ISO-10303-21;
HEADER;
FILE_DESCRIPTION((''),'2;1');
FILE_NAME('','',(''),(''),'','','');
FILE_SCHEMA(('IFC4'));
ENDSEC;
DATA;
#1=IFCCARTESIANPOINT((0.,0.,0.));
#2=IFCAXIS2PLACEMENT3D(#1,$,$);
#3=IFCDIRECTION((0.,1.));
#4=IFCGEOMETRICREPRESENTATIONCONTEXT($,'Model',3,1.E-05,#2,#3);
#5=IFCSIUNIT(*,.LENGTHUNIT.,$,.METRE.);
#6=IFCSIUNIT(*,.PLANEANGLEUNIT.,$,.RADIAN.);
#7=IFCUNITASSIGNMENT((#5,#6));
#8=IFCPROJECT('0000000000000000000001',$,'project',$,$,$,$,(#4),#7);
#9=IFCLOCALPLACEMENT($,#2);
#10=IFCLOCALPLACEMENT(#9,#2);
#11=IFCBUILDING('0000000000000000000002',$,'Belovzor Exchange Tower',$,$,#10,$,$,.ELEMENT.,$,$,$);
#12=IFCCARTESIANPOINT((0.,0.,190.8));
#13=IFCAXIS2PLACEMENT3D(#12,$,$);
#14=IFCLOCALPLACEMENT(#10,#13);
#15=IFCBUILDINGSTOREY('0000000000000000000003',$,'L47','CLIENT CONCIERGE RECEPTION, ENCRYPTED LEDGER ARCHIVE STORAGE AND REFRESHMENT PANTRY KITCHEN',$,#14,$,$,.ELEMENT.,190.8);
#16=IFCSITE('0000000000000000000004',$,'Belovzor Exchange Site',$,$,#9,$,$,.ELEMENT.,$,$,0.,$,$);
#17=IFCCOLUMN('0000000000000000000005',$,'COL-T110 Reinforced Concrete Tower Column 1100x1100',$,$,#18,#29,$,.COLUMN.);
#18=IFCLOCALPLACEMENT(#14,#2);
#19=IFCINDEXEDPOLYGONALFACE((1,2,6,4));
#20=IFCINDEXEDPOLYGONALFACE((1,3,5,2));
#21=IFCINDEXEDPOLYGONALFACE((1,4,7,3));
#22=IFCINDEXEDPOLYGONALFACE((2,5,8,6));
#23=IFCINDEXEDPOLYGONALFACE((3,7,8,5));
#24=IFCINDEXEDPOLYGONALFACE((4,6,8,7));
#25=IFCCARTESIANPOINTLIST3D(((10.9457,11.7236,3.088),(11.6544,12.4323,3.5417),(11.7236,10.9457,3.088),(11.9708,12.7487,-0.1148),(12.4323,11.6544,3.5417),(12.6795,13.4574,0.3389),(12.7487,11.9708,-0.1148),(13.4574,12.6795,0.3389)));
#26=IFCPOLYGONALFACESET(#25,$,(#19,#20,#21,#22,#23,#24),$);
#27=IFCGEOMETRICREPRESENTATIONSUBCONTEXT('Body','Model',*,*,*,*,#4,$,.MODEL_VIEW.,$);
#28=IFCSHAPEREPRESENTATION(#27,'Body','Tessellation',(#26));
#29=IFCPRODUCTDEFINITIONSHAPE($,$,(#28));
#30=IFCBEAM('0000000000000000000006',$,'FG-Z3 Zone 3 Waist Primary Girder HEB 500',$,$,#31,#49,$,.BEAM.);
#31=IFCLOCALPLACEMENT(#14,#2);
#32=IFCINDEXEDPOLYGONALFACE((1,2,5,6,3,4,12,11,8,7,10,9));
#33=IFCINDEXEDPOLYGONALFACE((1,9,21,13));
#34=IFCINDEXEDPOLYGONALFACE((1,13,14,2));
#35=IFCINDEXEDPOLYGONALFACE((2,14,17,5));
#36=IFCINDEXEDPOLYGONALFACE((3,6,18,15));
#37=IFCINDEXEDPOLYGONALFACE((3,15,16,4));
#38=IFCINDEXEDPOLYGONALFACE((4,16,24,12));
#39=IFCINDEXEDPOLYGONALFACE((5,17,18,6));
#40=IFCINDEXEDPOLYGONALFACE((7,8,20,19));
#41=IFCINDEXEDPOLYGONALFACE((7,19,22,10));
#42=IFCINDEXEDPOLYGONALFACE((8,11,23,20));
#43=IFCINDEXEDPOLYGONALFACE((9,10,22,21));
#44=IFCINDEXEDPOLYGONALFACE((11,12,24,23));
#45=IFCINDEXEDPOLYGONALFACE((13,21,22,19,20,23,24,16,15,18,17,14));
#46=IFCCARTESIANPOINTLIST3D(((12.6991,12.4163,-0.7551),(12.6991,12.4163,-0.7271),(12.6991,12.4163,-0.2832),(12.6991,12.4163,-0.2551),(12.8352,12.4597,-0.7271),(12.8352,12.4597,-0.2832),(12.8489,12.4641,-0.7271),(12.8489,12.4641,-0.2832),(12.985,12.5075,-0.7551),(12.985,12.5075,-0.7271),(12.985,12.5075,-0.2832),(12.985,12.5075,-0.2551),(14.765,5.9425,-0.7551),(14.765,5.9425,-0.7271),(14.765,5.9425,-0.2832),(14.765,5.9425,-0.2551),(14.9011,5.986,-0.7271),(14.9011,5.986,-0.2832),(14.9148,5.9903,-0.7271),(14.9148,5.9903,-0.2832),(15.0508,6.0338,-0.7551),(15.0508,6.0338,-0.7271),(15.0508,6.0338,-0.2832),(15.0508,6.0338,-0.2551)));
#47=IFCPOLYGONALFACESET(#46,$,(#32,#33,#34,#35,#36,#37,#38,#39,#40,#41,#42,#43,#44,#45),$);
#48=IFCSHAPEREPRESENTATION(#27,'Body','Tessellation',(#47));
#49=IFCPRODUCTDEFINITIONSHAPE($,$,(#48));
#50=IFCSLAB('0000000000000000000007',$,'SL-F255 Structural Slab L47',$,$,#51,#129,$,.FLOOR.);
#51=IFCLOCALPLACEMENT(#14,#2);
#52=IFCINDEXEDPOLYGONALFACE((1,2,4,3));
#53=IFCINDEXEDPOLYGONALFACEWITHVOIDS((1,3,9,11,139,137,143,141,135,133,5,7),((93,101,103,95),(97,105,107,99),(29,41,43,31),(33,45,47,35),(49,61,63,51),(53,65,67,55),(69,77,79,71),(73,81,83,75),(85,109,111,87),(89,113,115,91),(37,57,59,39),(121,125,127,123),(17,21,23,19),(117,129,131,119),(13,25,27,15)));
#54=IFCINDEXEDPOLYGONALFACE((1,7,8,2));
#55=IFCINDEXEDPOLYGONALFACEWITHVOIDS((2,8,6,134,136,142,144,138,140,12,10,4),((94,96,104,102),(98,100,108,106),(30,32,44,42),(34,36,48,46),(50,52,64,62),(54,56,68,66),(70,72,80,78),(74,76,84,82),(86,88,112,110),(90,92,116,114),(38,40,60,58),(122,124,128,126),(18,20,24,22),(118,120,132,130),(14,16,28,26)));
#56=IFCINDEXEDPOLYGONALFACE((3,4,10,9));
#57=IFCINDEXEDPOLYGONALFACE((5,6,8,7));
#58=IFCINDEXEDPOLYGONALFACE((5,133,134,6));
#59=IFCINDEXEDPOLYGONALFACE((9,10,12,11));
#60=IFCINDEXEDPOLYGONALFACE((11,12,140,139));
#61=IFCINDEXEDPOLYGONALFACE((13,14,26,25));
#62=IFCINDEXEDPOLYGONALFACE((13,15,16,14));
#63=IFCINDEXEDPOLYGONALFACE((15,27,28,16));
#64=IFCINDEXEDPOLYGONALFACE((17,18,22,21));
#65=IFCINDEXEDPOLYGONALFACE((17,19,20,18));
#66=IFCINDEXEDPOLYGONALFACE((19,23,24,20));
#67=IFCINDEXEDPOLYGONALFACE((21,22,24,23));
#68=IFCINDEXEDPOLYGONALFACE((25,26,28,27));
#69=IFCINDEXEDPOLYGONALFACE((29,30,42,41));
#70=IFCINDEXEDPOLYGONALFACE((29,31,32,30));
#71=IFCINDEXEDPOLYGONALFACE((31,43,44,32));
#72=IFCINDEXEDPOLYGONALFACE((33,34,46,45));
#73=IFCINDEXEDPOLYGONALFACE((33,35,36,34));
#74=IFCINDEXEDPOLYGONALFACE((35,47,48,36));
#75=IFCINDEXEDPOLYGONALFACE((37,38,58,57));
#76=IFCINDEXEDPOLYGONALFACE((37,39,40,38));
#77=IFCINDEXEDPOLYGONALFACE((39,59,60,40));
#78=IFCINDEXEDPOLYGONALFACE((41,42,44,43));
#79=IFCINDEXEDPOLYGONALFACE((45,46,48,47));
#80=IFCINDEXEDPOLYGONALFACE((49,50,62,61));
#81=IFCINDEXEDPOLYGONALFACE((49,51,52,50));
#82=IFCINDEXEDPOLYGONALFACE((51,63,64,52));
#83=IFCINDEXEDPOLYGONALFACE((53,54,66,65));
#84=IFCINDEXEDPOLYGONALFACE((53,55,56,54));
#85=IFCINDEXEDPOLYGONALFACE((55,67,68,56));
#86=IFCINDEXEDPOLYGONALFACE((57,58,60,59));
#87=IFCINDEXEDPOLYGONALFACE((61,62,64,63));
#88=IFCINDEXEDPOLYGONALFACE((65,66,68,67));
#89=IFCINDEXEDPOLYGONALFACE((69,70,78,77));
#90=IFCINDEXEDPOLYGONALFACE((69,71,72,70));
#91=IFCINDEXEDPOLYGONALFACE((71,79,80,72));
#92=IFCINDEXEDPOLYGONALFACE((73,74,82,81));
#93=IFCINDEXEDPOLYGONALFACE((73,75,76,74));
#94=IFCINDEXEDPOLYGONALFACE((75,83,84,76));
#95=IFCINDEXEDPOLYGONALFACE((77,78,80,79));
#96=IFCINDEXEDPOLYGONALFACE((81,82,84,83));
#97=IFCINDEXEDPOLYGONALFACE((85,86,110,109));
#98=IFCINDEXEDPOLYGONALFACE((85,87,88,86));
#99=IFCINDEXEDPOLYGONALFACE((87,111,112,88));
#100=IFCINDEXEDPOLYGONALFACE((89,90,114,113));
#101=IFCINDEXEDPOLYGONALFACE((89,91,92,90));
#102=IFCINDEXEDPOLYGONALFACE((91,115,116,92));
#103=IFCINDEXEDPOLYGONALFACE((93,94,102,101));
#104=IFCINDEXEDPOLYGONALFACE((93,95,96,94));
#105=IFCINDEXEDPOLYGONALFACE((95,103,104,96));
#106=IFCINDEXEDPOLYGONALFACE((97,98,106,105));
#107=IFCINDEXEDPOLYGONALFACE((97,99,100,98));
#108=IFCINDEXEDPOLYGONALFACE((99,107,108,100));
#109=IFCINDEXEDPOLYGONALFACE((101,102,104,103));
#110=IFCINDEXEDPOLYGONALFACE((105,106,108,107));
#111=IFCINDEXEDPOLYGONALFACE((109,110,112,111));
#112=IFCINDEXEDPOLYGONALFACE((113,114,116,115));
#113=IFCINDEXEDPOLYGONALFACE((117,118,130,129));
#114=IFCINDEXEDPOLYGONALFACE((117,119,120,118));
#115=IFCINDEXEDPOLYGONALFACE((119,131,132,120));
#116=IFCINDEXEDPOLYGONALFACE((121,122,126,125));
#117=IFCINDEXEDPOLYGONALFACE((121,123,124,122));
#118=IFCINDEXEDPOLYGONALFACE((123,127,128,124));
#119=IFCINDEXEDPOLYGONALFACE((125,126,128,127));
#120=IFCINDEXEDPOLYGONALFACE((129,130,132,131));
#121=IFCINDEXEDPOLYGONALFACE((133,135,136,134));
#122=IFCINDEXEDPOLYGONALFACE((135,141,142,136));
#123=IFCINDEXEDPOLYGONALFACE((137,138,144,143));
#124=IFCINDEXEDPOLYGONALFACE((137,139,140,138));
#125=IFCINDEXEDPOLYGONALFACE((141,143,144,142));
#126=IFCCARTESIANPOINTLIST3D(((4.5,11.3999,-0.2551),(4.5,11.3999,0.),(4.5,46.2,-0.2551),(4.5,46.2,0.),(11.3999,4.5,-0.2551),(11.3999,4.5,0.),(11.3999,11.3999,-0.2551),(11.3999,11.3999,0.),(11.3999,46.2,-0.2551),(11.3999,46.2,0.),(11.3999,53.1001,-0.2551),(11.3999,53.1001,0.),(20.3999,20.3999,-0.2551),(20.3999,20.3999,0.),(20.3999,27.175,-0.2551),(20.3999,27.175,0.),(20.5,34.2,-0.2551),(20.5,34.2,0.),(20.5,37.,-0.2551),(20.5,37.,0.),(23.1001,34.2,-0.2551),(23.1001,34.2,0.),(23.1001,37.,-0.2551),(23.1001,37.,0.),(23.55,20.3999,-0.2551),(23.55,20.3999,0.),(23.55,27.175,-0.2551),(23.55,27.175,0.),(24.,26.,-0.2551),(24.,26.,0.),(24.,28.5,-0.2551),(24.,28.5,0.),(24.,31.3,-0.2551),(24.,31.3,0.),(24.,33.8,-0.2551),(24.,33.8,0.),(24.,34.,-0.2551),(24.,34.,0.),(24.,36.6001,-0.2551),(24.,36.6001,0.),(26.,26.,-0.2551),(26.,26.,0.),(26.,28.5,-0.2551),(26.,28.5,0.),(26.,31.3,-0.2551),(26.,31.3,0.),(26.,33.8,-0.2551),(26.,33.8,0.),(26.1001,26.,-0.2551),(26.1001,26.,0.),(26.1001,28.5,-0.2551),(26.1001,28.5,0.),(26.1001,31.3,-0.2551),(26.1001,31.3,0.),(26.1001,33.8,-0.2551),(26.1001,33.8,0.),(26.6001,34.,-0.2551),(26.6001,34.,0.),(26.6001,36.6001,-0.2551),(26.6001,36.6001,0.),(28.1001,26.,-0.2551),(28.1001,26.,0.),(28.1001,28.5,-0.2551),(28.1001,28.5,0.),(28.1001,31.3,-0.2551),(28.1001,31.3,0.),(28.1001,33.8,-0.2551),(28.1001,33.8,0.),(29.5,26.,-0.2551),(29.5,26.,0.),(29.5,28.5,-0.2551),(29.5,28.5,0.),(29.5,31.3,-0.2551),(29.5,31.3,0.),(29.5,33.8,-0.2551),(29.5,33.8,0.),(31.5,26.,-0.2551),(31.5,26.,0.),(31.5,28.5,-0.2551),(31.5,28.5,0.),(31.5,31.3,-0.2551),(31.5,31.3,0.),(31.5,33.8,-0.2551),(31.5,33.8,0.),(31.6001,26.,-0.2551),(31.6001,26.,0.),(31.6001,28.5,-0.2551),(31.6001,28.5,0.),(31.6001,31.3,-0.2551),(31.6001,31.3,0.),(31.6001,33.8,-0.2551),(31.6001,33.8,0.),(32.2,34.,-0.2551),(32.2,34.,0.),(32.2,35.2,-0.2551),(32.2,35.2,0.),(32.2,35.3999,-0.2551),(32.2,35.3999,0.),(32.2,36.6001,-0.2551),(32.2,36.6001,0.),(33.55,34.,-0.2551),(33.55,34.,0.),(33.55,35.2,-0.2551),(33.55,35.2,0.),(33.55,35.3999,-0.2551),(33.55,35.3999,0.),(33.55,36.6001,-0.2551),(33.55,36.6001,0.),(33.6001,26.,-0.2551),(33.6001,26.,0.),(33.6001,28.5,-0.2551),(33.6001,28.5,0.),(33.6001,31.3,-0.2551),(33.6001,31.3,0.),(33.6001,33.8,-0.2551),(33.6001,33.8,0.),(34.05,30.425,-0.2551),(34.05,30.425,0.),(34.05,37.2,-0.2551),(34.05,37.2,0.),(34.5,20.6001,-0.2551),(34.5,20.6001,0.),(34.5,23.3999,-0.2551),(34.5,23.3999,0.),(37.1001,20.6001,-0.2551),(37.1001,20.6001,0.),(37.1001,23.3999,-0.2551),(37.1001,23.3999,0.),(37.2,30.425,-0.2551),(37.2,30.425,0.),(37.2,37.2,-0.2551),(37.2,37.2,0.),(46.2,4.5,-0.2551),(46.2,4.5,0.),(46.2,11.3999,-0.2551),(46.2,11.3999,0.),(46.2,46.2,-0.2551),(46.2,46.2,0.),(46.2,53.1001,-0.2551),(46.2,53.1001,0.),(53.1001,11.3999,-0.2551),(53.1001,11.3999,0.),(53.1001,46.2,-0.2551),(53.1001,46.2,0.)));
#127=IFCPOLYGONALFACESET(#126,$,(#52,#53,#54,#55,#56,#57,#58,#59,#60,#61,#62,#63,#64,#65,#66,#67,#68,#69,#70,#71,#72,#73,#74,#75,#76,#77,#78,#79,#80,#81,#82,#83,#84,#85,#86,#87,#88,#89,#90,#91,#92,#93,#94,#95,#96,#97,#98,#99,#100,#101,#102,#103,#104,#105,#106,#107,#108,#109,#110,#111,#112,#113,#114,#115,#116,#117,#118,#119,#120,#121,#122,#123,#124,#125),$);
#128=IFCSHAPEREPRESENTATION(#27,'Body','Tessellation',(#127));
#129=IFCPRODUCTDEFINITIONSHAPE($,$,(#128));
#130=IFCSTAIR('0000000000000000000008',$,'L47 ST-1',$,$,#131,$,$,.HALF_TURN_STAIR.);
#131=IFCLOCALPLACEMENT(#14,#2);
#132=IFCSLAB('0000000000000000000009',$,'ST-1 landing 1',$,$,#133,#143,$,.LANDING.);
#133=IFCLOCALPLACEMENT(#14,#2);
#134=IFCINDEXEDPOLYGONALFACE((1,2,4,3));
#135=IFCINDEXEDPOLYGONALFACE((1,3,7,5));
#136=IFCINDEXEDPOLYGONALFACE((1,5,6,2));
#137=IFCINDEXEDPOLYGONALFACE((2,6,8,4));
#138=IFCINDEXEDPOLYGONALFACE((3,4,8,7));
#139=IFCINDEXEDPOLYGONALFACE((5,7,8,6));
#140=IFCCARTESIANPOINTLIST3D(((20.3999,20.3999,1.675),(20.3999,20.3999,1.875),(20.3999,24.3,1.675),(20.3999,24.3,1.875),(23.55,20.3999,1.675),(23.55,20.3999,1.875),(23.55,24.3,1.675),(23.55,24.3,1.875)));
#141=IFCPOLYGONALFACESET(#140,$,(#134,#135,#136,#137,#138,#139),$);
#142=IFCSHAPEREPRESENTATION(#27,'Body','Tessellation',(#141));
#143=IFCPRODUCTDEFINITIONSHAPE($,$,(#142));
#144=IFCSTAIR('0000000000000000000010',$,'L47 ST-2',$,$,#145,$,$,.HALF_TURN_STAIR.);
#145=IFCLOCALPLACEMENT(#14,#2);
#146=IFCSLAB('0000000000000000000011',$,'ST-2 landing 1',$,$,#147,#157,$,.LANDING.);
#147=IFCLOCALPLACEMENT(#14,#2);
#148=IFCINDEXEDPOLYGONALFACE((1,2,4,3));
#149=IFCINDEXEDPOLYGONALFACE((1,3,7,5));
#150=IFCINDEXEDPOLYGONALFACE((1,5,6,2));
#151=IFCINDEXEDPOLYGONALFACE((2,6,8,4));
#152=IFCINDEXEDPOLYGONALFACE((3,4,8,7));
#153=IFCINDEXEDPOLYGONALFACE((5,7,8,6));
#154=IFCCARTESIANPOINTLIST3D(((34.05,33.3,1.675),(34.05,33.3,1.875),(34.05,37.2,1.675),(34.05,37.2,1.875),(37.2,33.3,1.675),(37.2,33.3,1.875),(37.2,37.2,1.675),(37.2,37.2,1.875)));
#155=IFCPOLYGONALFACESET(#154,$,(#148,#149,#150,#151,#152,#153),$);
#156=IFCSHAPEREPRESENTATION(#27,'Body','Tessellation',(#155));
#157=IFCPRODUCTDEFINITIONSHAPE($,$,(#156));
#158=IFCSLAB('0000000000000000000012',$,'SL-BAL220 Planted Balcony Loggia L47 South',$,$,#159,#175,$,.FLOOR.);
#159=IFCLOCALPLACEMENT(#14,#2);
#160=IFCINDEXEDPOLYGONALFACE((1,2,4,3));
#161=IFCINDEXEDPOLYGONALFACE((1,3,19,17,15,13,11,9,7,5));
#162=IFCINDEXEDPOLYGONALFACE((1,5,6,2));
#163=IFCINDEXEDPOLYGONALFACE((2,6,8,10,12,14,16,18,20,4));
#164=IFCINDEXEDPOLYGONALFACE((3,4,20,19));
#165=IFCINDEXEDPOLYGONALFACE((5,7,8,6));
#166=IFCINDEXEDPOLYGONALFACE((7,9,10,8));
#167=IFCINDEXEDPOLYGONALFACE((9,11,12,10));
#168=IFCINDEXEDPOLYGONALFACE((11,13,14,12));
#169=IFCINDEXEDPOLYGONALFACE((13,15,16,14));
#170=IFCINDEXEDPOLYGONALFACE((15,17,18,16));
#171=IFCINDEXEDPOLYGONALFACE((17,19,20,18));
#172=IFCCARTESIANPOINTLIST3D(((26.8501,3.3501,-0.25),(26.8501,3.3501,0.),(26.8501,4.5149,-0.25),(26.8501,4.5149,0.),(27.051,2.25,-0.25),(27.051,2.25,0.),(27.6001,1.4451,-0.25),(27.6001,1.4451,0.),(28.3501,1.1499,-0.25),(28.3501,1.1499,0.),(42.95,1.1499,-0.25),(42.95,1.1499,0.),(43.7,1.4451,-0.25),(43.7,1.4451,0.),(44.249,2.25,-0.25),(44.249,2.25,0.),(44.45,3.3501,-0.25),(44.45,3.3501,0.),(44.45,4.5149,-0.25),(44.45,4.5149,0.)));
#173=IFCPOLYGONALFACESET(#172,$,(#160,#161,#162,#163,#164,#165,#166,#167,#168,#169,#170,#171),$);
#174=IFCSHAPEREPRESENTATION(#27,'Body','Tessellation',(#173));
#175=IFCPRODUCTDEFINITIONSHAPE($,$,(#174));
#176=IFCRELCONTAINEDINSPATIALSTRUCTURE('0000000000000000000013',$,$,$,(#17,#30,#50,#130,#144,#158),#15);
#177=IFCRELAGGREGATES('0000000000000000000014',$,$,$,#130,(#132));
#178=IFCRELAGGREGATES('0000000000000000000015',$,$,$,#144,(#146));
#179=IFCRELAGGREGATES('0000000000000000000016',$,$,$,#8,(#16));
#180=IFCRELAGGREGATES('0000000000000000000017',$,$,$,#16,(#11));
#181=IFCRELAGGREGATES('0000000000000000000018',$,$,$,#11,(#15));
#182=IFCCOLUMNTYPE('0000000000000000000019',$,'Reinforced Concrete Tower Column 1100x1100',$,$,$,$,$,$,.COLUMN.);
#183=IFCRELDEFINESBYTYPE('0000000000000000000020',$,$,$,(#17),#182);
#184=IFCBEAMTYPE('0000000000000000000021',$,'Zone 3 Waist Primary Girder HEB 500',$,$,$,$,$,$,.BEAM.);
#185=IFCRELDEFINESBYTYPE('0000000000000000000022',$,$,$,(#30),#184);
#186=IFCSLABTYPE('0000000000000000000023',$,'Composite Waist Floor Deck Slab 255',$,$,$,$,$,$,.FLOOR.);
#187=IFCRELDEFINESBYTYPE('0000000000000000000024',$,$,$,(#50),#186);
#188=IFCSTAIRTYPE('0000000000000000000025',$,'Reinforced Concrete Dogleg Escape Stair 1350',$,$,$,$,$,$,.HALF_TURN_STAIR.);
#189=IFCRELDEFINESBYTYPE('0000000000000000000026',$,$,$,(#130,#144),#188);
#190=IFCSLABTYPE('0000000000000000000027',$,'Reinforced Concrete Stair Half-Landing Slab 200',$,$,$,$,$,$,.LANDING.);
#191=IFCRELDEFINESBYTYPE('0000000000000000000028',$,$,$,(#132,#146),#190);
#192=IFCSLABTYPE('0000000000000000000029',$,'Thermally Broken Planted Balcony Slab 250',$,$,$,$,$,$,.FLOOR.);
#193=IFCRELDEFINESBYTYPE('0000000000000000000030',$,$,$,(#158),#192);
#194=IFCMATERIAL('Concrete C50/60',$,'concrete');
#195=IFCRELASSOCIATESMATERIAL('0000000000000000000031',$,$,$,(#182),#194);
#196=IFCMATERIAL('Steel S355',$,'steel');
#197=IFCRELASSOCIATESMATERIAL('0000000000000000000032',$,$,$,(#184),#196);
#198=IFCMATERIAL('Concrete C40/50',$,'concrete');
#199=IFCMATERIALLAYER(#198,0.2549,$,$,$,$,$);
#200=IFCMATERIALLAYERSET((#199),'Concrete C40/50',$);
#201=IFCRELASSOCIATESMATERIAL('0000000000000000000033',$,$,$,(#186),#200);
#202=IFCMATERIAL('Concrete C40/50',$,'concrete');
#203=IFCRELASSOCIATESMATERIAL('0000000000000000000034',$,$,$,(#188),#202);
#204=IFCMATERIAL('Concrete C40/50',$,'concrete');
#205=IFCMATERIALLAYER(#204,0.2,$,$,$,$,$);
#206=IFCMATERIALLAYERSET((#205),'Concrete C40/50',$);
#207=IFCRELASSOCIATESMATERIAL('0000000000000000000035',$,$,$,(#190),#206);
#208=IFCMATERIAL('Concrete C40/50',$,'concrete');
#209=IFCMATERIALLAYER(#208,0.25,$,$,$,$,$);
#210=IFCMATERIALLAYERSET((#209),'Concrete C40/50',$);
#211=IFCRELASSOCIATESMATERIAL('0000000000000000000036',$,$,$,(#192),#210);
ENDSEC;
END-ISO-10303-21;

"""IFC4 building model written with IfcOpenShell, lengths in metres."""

from ifc_helpers import new_model, si_unit, direction, frame, origin, origin_2d, place, context, subcontext, project, spatial, polyline, rectangle, i_section, outline, extrude, material, layer, layer_set, material_profile, profile_set, type_object, element, aggregate, save


model = new_model("IFC4")

# Units and contexts
model_context = context("Model", 3, precision=1e-05, world=origin(), true_north=direction((0.0, 1.0)))
body_context = subcontext(model_context, "Body", "Model", "MODEL_VIEW")
ifc_project = project(units=[si_unit("LENGTHUNIT", "METRE"), si_unit("PLANEANGLEUNIT", "RADIAN")], contexts=[model_context])

# Site, building, storey
site_placement = place(None, origin())
site = spatial("IfcSite", under=ifc_project, at=site_placement, Name="Belovzor Exchange Site", CompositionType="ELEMENT", RefElevation=0.0)
building_placement = place(site_placement, origin())
building = spatial("IfcBuilding", under=site, at=building_placement, Name="Belovzor Exchange Tower", CompositionType="ELEMENT")
storey_placement = place(building_placement, frame((0.0, 0.0, 190.8)))
storey = spatial("IfcBuildingStorey", under=building, at=storey_placement, Name="L47", Description="CLIENT CONCIERGE RECEPTION, ENCRYPTED LEDGER ARCHIVE STORAGE AND REFRESHMENT PANTRY KITCHEN", CompositionType="ELEMENT", Elevation=190.8)

# Column
ifc_material_1 = material(Name="Concrete C50/60", Category="concrete")
ifc_material_profile_1 = material_profile(ifc_material_1, rectangle(XDim=1.1001, YDim=1.1001, at=origin_2d()))
ifc_profile_set_1 = profile_set([ifc_material_profile_1], Name="Concrete C50/60")
column_type = type_object("IfcColumnType", Name="Reinforced Concrete Tower Column 1100x1100", PredefinedType="COLUMN", material=ifc_profile_set_1)
column_placement = place(storey_placement, frame((12.7141, 12.7141, 0.1121), z_axis=(-0.291589, -0.291589, 0.911017), x_axis=(0.707107, -0.707107, 0.0)))
element("IfcColumn", 1, at=column_placement, inside=storey, type_object=column_type, Name="COL-T110 Reinforced Concrete Tower Column 1100x1100", PredefinedType="COLUMN", context=body_context, shape_type="SweptSolid", body=[
    extrude(rectangle(XDim=1.1001, YDim=1.1001, at=origin_2d()), origin(), (0.0, 0.0, 1.0), 3.5156),
])

# Beam
ifc_material_2 = material(Name="Steel S355", Category="steel")
ifc_material_profile_2 = material_profile(ifc_material_2, i_section(OverallWidth=0.3, OverallDepth=0.5, WebThickness=0.0144, FlangeThickness=0.0281, at=origin_2d()))
ifc_profile_set_2 = profile_set([ifc_material_profile_2], Name="Steel S355")
beam_type = type_object("IfcBeamType", Name="Zone 3 Waist Primary Girder HEB 500", PredefinedType="BEAM", material=ifc_profile_set_2)
beam_placement = place(storey_placement, frame((12.842, 12.4619, -0.5051), z_axis=(0.304012, -0.952668, 0.0), x_axis=(0.952668, 0.304012, 0.0)))
element("IfcBeam", 2, at=beam_placement, inside=storey, type_object=beam_type, Name="FG-Z3 Zone 3 Waist Primary Girder HEB 500", PredefinedType="BEAM", context=body_context, shape_type="SweptSolid", body=[
    extrude(i_section(OverallWidth=0.3, OverallDepth=0.5, WebThickness=0.0144, FlangeThickness=0.0281, at=origin_2d()), origin(), (0.0, 0.0, 1.0), 6.7954),
])

# Slab
ifc_material_3 = material(Name="Concrete C40/50", Category="concrete")
ifc_layer_1 = layer(ifc_material_3, 0.2549)
ifc_layer_set_1 = layer_set([ifc_layer_1], Name="Concrete C40/50")
slab_type_1 = type_object("IfcSlabType", Name="Composite Waist Floor Deck Slab 255", PredefinedType="FLOOR", material=ifc_layer_set_1)
slab_1_placement = place(storey_placement, frame((0.0, 0.0, -0.2551)))
element("IfcSlab", 3, at=slab_1_placement, inside=storey, type_object=slab_type_1, Name="SL-F255 Structural Slab L47", PredefinedType="FLOOR", context=body_context, shape_type="SweptSolid", body=[
    extrude(outline(polyline([(11.3999, 4.5), (46.2, 4.5), (46.2, 11.3999), (53.1001, 11.3999), (53.1001, 46.2), (46.2, 46.2), (46.2, 53.1001), (11.3999, 53.1001), (11.3999, 46.2), (4.5, 46.2), (4.5, 11.3999), (11.3999, 11.3999), (11.3999, 4.5)]), holes=[polyline([(20.3999, 27.175), (20.3999, 20.3999), (23.55, 20.3999), (23.55, 27.175), (20.3999, 27.175)]), polyline([(37.2, 30.425), (37.2, 37.2), (34.05, 37.2), (34.05, 30.425), (37.2, 30.425)]), polyline([(20.5, 34.2), (23.1001, 34.2), (23.1001, 37.0), (20.5, 37.0), (20.5, 34.2)]), polyline([(34.5, 20.6001), (37.1001, 20.6001), (37.1001, 23.3999), (34.5, 23.3999), (34.5, 20.6001)]), polyline([(24.0, 34.0), (26.6001, 34.0), (26.6001, 36.6001), (24.0, 36.6001), (24.0, 34.0)]), polyline([(24.0, 26.0), (26.0, 26.0), (26.0, 28.5), (24.0, 28.5), (24.0, 26.0)]), polyline([(26.1001, 26.0), (28.1001, 26.0), (28.1001, 28.5), (26.1001, 28.5), (26.1001, 26.0)]), polyline([(29.5, 26.0), (31.5, 26.0), (31.5, 28.5), (29.5, 28.5), (29.5, 26.0)]), polyline([(31.6001, 26.0), (33.6001, 26.0), (33.6001, 28.5), (31.6001, 28.5), (31.6001, 26.0)]), polyline([(24.0, 31.3), (26.0, 31.3), (26.0, 33.8), (24.0, 33.8), (24.0, 31.3)]), polyline([(26.1001, 31.3), (28.1001, 31.3), (28.1001, 33.8), (26.1001, 33.8), (26.1001, 31.3)]), polyline([(29.5, 31.3), (31.5, 31.3), (31.5, 33.8), (29.5, 33.8), (29.5, 31.3)]), polyline([(31.6001, 31.3), (33.6001, 31.3), (33.6001, 33.8), (31.6001, 33.8), (31.6001, 31.3)]), polyline([(32.2, 34.0), (33.55, 34.0), (33.55, 35.2), (32.2, 35.2), (32.2, 34.0)]), polyline([(32.2, 35.3999), (33.55, 35.3999), (33.55, 36.6001), (32.2, 36.6001), (32.2, 35.3999)])]), origin(), (0.0, 0.0, 1.0), 0.2551),
])

# Stairs, slabs
ifc_material_4 = material(Name="Concrete C40/50", Category="concrete")
stair_type = type_object("IfcStairType", Name="Reinforced Concrete Dogleg Escape Stair 1350", PredefinedType="HALF_TURN_STAIR", material=ifc_material_4)
stair_1_placement = place(storey_placement, origin())
stair_1 = element("IfcStair", 4, at=stair_1_placement, inside=storey, type_object=stair_type, Name="L47 ST-1", PredefinedType="HALF_TURN_STAIR")
ifc_material_5 = material(Name="Concrete C40/50", Category="concrete")
ifc_layer_2 = layer(ifc_material_5, 0.2)
ifc_layer_set_2 = layer_set([ifc_layer_2], Name="Concrete C40/50")
slab_type_2 = type_object("IfcSlabType", Name="Reinforced Concrete Stair Half-Landing Slab 200", PredefinedType="LANDING", material=ifc_layer_set_2)
slab_2_placement = place(storey_placement, frame((0.0, 0.0, 1.675)))
slab_2 = element("IfcSlab", 5, at=slab_2_placement, type_object=slab_type_2, Name="ST-1 landing 1", PredefinedType="LANDING", context=body_context, shape_type="SweptSolid", body=[
    extrude(outline(polyline([(20.3999, 24.3), (20.3999, 20.3999), (23.55, 20.3999), (23.55, 24.3), (20.3999, 24.3)])), origin(), (0.0, 0.0, 1.0), 0.2),
])
aggregate(stair_1, [slab_2])
stair_2_placement = place(storey_placement, origin())
stair_2 = element("IfcStair", 6, at=stair_2_placement, inside=storey, type_object=stair_type, Name="L47 ST-2", PredefinedType="HALF_TURN_STAIR")
slab_3_placement = place(storey_placement, frame((0.0, 0.0, 1.675)))
slab_3 = element("IfcSlab", 7, at=slab_3_placement, type_object=slab_type_2, Name="ST-2 landing 1", PredefinedType="LANDING", context=body_context, shape_type="SweptSolid", body=[
    extrude(outline(polyline([(37.2, 33.3), (37.2, 37.2), (34.05, 37.2), (34.05, 33.3), (37.2, 33.3)])), origin(), (0.0, 0.0, 1.0), 0.2),
])
aggregate(stair_2, [slab_3])

# Slab
ifc_material_6 = material(Name="Concrete C40/50", Category="concrete")
ifc_layer_3 = layer(ifc_material_6, 0.25)
ifc_layer_set_3 = layer_set([ifc_layer_3], Name="Concrete C40/50")
slab_type_3 = type_object("IfcSlabType", Name="Thermally Broken Planted Balcony Slab 250", PredefinedType="FLOOR", material=ifc_layer_set_3)
slab_4_placement = place(storey_placement, frame((0.0, 0.0, -0.25)))
element("IfcSlab", 8, at=slab_4_placement, inside=storey, type_object=slab_type_3, Name="SL-BAL220 Planted Balcony Loggia L47 South", PredefinedType="FLOOR", context=body_context, shape_type="SweptSolid", body=[
    extrude(outline(polyline([(26.8501, 4.5149), (26.8501, 3.3501), (27.051, 2.25), (27.6001, 1.4451), (28.3501, 1.1499), (42.95, 1.1499), (43.7, 1.4451), (44.249, 2.25), (44.45, 3.3501), (44.45, 4.5149), (26.8501, 4.5149)])), origin(), (0.0, 0.0, 1.0), 0.25),
])

save(model, "model.ifc")
